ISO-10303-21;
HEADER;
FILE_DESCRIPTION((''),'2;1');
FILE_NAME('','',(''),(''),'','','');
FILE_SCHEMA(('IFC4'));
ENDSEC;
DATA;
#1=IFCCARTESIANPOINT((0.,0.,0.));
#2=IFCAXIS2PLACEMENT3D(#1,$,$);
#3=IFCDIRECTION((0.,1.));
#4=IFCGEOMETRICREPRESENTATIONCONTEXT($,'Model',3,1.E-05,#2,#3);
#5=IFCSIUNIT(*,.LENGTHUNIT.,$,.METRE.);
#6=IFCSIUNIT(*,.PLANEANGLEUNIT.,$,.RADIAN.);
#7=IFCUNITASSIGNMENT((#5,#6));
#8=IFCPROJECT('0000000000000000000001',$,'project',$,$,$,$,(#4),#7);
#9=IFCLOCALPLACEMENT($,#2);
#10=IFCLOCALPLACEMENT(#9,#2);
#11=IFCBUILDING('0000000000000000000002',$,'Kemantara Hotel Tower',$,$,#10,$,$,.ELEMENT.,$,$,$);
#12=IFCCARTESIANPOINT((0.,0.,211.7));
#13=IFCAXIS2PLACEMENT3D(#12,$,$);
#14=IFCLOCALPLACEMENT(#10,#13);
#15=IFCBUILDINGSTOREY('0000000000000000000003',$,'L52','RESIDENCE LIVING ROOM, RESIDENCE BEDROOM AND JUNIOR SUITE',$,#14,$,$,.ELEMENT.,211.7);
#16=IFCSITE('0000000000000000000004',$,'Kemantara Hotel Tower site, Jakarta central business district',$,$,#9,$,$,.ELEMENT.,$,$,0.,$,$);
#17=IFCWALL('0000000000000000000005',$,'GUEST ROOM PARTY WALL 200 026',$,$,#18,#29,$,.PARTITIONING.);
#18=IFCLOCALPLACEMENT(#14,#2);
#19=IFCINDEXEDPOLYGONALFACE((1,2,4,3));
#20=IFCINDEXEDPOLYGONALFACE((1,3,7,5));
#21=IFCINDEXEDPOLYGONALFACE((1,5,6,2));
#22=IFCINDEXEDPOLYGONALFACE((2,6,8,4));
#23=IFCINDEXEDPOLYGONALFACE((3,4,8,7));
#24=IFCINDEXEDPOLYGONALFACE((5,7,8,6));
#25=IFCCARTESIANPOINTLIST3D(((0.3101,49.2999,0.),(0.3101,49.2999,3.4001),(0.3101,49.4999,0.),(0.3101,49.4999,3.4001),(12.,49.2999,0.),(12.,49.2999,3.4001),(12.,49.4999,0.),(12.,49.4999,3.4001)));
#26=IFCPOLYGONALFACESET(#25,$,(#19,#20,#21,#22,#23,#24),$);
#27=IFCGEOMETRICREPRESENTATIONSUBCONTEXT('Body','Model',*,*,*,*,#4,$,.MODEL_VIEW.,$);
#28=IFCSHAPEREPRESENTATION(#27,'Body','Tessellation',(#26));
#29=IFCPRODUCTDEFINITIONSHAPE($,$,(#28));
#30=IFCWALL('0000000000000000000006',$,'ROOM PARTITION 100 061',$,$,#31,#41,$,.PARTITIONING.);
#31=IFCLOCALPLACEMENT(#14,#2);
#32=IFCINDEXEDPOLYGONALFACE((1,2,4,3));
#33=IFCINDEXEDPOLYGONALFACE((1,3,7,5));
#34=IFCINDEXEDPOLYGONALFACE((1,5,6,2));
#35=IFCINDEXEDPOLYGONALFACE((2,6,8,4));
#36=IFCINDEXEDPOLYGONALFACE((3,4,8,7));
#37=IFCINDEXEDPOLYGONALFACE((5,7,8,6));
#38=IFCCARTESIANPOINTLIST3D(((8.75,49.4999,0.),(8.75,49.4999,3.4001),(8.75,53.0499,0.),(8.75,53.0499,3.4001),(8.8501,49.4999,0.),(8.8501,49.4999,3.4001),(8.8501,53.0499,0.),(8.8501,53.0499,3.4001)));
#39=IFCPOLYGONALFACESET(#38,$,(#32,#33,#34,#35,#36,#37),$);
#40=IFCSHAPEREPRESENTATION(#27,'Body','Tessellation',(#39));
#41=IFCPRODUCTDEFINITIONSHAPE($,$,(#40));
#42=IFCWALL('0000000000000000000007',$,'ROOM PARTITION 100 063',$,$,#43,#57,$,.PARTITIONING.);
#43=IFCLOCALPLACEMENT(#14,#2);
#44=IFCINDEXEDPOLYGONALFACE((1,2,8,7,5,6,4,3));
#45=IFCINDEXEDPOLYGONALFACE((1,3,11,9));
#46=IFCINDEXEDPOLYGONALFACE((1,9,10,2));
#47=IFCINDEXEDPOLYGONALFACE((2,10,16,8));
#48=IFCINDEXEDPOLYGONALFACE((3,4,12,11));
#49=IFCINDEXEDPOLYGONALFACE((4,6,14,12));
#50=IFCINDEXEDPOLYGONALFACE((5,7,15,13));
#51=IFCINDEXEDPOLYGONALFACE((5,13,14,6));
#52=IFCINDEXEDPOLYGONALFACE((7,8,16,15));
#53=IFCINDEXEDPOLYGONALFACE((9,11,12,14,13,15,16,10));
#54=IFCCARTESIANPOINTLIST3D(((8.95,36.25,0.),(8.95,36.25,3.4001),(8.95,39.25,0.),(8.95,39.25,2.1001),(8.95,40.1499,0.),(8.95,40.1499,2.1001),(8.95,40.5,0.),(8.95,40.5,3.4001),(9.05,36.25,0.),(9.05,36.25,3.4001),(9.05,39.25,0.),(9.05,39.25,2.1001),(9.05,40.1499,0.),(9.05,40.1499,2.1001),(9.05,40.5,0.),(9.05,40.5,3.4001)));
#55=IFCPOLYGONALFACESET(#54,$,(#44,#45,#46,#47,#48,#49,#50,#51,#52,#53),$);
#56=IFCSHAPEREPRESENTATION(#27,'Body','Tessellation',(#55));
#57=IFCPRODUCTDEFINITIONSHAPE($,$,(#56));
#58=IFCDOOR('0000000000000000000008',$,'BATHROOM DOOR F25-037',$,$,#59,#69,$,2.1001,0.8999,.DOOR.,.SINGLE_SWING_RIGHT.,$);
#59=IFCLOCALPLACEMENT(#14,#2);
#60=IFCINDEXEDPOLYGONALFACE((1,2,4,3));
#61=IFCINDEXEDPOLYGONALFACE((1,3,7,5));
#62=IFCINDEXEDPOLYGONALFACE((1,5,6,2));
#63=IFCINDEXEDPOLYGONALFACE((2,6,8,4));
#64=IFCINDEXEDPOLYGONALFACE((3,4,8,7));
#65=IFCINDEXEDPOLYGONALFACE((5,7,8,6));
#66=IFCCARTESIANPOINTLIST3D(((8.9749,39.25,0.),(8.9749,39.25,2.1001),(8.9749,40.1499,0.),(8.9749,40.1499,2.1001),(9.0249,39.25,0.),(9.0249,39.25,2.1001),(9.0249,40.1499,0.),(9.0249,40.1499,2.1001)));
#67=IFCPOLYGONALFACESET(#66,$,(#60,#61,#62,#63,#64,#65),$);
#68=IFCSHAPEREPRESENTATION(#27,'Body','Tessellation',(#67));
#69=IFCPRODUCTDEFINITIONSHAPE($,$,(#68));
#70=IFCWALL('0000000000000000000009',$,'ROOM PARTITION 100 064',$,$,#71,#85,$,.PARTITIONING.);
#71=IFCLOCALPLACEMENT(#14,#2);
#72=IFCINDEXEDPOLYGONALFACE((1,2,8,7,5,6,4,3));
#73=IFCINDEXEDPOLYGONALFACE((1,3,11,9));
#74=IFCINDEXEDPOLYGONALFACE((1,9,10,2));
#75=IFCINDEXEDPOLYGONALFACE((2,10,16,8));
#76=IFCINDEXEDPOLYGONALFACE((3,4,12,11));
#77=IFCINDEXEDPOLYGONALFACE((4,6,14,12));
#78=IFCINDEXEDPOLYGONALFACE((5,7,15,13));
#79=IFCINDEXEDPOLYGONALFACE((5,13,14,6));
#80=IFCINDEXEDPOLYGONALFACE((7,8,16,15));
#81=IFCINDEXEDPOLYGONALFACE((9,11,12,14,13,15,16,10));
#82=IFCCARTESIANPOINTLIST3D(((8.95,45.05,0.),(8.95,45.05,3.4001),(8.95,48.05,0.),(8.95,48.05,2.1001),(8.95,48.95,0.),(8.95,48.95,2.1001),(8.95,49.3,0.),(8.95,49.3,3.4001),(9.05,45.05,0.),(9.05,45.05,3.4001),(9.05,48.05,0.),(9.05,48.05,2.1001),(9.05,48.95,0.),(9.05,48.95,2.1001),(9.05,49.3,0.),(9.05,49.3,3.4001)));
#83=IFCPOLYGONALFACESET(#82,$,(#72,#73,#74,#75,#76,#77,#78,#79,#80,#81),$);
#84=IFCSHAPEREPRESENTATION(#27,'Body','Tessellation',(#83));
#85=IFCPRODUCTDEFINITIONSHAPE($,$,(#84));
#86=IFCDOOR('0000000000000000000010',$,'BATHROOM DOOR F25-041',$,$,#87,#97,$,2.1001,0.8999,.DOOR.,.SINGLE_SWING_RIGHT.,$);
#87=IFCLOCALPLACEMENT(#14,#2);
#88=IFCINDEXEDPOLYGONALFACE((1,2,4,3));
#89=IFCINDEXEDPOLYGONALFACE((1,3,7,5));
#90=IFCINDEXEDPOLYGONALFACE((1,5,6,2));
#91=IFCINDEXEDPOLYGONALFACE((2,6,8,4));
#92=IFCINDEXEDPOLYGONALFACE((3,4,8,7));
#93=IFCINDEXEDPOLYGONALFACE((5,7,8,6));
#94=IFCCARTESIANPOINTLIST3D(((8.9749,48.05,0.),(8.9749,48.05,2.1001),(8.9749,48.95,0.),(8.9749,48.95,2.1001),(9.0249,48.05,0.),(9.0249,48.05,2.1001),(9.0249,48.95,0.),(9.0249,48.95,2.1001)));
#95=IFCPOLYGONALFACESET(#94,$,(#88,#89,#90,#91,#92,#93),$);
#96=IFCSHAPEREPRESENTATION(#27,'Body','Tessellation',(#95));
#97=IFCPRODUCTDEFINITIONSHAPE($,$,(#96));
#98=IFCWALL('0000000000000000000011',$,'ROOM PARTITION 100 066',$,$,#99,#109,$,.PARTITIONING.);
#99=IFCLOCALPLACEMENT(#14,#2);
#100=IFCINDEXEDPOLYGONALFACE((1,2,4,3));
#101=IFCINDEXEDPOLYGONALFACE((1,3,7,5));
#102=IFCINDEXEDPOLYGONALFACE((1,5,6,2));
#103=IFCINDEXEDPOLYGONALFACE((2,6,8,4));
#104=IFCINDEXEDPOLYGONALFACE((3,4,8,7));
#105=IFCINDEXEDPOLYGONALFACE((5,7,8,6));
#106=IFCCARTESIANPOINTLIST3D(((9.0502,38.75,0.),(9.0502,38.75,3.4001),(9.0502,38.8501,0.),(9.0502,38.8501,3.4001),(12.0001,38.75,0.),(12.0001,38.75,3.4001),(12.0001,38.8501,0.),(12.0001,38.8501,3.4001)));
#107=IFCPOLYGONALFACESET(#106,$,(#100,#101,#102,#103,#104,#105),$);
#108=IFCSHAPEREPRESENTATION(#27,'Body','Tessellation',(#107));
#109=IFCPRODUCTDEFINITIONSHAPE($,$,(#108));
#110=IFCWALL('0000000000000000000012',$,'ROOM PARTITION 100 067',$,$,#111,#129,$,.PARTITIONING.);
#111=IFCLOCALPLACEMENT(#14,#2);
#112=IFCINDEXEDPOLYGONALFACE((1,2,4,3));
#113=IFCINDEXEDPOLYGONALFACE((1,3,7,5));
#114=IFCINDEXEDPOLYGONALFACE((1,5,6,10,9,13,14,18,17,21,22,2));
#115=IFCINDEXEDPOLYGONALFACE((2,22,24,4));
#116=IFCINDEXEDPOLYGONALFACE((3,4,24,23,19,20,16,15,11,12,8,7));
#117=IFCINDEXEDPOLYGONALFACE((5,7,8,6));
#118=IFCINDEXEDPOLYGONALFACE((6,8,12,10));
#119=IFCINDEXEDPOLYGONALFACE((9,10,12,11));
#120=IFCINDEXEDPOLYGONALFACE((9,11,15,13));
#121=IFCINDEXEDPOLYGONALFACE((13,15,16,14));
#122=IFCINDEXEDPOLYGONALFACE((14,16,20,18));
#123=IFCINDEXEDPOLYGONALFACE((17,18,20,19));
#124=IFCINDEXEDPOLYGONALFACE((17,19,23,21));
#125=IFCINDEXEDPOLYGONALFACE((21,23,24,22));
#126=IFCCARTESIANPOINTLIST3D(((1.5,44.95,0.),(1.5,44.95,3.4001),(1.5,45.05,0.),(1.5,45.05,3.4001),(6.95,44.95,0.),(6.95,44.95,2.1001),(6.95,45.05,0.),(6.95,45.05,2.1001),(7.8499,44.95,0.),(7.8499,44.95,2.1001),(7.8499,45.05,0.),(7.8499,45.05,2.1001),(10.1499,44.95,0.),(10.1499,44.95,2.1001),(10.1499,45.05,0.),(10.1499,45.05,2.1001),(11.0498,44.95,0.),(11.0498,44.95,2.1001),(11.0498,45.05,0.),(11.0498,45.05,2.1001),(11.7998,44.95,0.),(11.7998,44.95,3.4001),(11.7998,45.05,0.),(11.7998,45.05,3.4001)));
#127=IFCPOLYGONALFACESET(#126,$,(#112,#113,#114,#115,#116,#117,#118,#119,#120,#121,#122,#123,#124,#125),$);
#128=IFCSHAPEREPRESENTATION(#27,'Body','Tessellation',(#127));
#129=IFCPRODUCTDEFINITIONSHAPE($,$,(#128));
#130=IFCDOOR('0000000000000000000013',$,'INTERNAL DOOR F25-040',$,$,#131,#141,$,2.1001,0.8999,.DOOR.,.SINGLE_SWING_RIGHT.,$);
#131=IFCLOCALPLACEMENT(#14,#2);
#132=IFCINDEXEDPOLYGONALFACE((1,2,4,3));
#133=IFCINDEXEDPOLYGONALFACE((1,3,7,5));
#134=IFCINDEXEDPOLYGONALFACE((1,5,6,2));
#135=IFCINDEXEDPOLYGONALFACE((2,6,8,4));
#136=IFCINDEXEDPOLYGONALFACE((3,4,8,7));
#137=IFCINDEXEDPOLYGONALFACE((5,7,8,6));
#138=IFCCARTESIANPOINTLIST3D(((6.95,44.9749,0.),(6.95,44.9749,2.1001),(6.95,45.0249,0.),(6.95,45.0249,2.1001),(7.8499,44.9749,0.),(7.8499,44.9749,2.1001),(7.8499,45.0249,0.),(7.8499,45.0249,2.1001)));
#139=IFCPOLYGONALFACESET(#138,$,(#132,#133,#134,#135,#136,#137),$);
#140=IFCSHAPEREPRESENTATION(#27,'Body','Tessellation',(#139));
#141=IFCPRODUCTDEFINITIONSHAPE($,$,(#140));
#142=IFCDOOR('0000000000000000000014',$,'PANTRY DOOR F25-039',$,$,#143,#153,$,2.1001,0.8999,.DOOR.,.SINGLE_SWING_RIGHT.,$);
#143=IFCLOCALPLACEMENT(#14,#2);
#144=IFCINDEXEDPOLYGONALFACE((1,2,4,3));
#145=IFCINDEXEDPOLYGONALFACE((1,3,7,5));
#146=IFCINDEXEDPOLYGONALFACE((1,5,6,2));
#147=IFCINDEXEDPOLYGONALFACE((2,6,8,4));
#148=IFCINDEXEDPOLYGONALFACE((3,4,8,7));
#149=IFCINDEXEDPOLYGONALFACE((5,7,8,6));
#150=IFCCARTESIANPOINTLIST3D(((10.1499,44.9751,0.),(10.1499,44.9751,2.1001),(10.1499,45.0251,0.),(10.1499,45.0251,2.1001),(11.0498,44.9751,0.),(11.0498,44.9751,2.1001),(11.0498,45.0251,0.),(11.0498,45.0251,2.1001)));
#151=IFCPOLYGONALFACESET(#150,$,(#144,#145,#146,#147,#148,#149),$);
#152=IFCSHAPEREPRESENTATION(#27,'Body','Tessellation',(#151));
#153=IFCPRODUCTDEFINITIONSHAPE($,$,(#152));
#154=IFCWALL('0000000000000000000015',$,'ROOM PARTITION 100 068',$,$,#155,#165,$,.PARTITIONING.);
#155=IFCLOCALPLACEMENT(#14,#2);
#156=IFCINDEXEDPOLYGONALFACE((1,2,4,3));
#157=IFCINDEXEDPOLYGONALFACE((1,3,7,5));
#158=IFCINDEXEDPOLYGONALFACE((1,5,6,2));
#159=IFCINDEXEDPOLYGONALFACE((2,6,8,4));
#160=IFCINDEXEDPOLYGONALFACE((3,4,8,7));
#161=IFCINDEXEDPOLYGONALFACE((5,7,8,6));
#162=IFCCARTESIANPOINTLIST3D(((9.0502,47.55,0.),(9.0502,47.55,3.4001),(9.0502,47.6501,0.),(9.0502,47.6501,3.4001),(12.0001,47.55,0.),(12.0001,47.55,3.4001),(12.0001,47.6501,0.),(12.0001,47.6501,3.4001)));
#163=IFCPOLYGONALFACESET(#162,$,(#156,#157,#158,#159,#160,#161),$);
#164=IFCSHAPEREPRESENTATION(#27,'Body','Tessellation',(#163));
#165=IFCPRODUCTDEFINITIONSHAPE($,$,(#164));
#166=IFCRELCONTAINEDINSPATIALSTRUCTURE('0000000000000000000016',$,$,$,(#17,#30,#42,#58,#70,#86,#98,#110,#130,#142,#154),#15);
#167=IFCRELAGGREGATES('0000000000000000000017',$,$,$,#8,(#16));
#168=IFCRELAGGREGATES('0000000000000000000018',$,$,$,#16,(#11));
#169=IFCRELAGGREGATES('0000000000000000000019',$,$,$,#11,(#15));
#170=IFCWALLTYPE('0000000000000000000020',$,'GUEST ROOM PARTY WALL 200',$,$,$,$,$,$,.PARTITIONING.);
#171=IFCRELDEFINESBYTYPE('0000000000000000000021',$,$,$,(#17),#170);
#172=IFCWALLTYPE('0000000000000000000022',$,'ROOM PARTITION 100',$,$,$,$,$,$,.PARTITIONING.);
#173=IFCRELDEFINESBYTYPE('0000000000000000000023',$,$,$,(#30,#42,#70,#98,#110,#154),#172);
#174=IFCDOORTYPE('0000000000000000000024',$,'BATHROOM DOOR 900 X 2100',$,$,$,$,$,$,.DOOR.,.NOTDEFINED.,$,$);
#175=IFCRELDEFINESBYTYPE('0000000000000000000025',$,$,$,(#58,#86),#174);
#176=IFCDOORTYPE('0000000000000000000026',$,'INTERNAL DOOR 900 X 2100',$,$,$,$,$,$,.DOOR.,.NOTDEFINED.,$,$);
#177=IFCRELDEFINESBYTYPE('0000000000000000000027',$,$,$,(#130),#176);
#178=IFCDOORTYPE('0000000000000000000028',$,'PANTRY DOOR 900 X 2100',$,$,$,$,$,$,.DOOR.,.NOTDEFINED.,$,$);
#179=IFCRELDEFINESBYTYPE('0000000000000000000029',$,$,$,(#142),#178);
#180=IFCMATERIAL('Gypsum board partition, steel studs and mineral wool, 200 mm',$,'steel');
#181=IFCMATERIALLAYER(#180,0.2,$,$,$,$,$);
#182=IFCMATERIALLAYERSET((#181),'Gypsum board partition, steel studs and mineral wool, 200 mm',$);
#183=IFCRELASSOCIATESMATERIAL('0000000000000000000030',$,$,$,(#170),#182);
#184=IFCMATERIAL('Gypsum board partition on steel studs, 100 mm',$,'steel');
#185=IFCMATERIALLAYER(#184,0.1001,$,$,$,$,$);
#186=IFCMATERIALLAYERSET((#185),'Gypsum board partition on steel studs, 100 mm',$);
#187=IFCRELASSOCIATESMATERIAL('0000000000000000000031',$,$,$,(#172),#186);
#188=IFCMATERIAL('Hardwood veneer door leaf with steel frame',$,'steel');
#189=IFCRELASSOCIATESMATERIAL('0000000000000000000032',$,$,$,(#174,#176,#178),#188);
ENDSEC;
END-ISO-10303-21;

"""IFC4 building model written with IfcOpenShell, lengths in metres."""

from ifc_helpers import new_model, si_unit, direction, frame, frame_2d, origin, place, context, subcontext, project, spatial, rectangle, extrude, material, layer, layer_set, type_object, element, fill, save


model = new_model("IFC4")

# Units and contexts
model_context = context("Model", 3, precision=1e-05, world=origin(), true_north=direction((0.0, 1.0)))
body_context = subcontext(model_context, "Body", "Model", "MODEL_VIEW")
ifc_project = project(units=[si_unit("LENGTHUNIT", "METRE"), si_unit("PLANEANGLEUNIT", "RADIAN")], contexts=[model_context])

# Site, building, storey
site_placement = place(None, origin())
site = spatial("IfcSite", under=ifc_project, at=site_placement, Name="Kemantara Hotel Tower site, Jakarta central business district", CompositionType="ELEMENT", RefElevation=0.0)
building_placement = place(site_placement, origin())
building = spatial("IfcBuilding", under=site, at=building_placement, Name="Kemantara Hotel Tower", CompositionType="ELEMENT")
storey_placement = place(building_placement, frame((0.0, 0.0, 211.7)))
storey = spatial("IfcBuildingStorey", under=building, at=storey_placement, Name="L52", Description="RESIDENCE LIVING ROOM, RESIDENCE BEDROOM AND JUNIOR SUITE", CompositionType="ELEMENT", Elevation=211.7)

# Shared definitions
ifc_material_1 = material(Name="Gypsum board partition, steel studs and mineral wool, 200 mm", Category="steel")
ifc_material_2 = material(Name="Hardwood veneer door leaf with steel frame", Category="steel")

# Walls
ifc_layer_1 = layer(ifc_material_1, 0.2)
ifc_layer_set_1 = layer_set([ifc_layer_1], Name="Gypsum board partition, steel studs and mineral wool, 200 mm")
wall_type_1 = type_object("IfcWallType", Name="GUEST ROOM PARTY WALL 200", PredefinedType="PARTITIONING", material=ifc_layer_set_1)
for number, where, z_axis, x_axis, name in (
    (1, (0.3101, 49.3999, 0.0), (0.0, 0.0, 1.0), (1.0, 0.0, 0.0), "GUEST ROOM PARTY WALL 200 026"),
):
    element("IfcWall", number, at=place(storey_placement, frame(where, z_axis=z_axis, x_axis=x_axis)), inside=storey, type_object=wall_type_1, Name=name, PredefinedType="PARTITIONING", context=body_context, shape_type="SweptSolid", body=[
        extrude(rectangle(XDim=11.6899, YDim=0.2, at=frame_2d((5.845, 0.0))), origin(), (0.0, 0.0, 1.0), 3.4001),
    ])
ifc_material_3 = material(Name="Gypsum board partition on steel studs, 100 mm", Category="steel")
ifc_layer_2 = layer(ifc_material_3, 0.1001)
ifc_layer_set_2 = layer_set([ifc_layer_2], Name="Gypsum board partition on steel studs, 100 mm")
wall_type_2 = type_object("IfcWallType", Name="ROOM PARTITION 100", PredefinedType="PARTITIONING", material=ifc_layer_set_2)
wall_1_placement = place(storey_placement, frame((8.8, 49.5, 0.0), z_axis=(0.0, 0.0, 1.0), x_axis=(0.0, 1.0, 0.0)))
element("IfcWall", 2, at=wall_1_placement, inside=storey, type_object=wall_type_2, Name="ROOM PARTITION 100 061", PredefinedType="PARTITIONING", context=body_context, shape_type="SweptSolid", body=[
    extrude(rectangle(XDim=3.55, YDim=0.1001, at=frame_2d((1.7749, 0.0))), origin(), (0.0, 0.0, 1.0), 3.4001),
])

# Walls, openings, doors
wall_2_placement = place(storey_placement, frame((9.0, 40.5, 0.0), z_axis=(0.0, 0.0, 1.0), x_axis=(0.0, -1.0, 0.0)))
wall_2 = element("IfcWall", 3, at=wall_2_placement, inside=storey, type_object=wall_type_2, Name="ROOM PARTITION 100 063", PredefinedType="PARTITIONING", context=body_context, shape_type="SweptSolid", body=[
    extrude(rectangle(XDim=4.25, YDim=0.1001, at=frame_2d((2.125, 0.0))), origin(), (0.0, 0.0, 1.0), 3.4001),
])
opening_1_placement = place(wall_2_placement, frame((0.3501, 0.0, 0.0)))
opening_1 = element("IfcOpeningElement", 4, at=opening_1_placement, cuts=wall_2, PredefinedType="OPENING", context=body_context, shape_type="SweptSolid", body=[
    extrude(rectangle(XDim=0.8999, YDim=2.1001, at=frame_2d((0.45, 1.05))), frame((0.0, 0.0601, 0.0), z_axis=(0.0, -1.0, 0.0), x_axis=(1.0, 0.0, 0.0)), (0.0, 0.0, 1.0), 0.1201),
])
door_type_1 = type_object("IfcDoorType", Name="BATHROOM DOOR 900 X 2100", OperationType="NOTDEFINED", PredefinedType="DOOR", material=ifc_material_2)
door_1_placement = place(opening_1_placement, origin())
door_1 = element("IfcDoor", 5, at=door_1_placement, inside=storey, type_object=door_type_1, Name="BATHROOM DOOR F25-037", OperationType="SINGLE_SWING_RIGHT", OverallHeight=2.1001, OverallWidth=0.8999, PredefinedType="DOOR", context=body_context, shape_type="SweptSolid", body=[
    extrude(rectangle(XDim=0.8999, YDim=2.1001, at=frame_2d((0.45, 1.05))), frame((0.0, 0.0249, 0.0), z_axis=(0.0, -1.0, 0.0), x_axis=(1.0, 0.0, 0.0)), (0.0, 0.0, 1.0), 0.05),
])
fill(opening_1, door_1)
wall_3_placement = place(storey_placement, frame((9.0, 49.3, 0.0), z_axis=(0.0, 0.0, 1.0), x_axis=(0.0, -1.0, 0.0)))
wall_3 = element("IfcWall", 6, at=wall_3_placement, inside=storey, type_object=wall_type_2, Name="ROOM PARTITION 100 064", PredefinedType="PARTITIONING", context=body_context, shape_type="SweptSolid", body=[
    extrude(rectangle(XDim=4.25, YDim=0.1001, at=frame_2d((2.125, 0.0))), origin(), (0.0, 0.0, 1.0), 3.4001),
])
opening_2_placement = place(wall_3_placement, frame((0.3501, 0.0, 0.0)))
opening_2 = element("IfcOpeningElement", 7, at=opening_2_placement, cuts=wall_3, PredefinedType="OPENING", context=body_context, shape_type="SweptSolid", body=[
    extrude(rectangle(XDim=0.8999, YDim=2.1001, at=frame_2d((0.45, 1.05))), frame((0.0, 0.0601, 0.0), z_axis=(0.0, -1.0, 0.0), x_axis=(1.0, 0.0, 0.0)), (0.0, 0.0, 1.0), 0.1201),
])
door_2_placement = place(opening_2_placement, origin())
door_2 = element("IfcDoor", 8, at=door_2_placement, inside=storey, type_object=door_type_1, Name="BATHROOM DOOR F25-041", OperationType="SINGLE_SWING_RIGHT", OverallHeight=2.1001, OverallWidth=0.8999, PredefinedType="DOOR", context=body_context, shape_type="SweptSolid", body=[
    extrude(rectangle(XDim=0.8999, YDim=2.1001, at=frame_2d((0.45, 1.05))), frame((0.0, 0.0249, 0.0), z_axis=(0.0, -1.0, 0.0), x_axis=(1.0, 0.0, 0.0)), (0.0, 0.0, 1.0), 0.05),
])
fill(opening_2, door_2)

# Wall
wall_4_placement = place(storey_placement, frame((9.05, 38.8, 0.0), z_axis=(0.0, 0.0, 1.0), x_axis=(1.0, 0.0, 0.0)))
element("IfcWall", 9, at=wall_4_placement, inside=storey, type_object=wall_type_2, Name="ROOM PARTITION 100 066", PredefinedType="PARTITIONING", context=body_context, shape_type="SweptSolid", body=[
    extrude(rectangle(XDim=2.95, YDim=0.1001, at=frame_2d((1.4751, 0.0))), origin(), (0.0, 0.0, 1.0), 3.4001),
])

# Wall, openings, doors
wall_5_placement = place(storey_placement, frame((1.5, 45.0, 0.0), z_axis=(0.0, 0.0, 1.0), x_axis=(1.0, 0.0, 0.0)))
wall_5 = element("IfcWall", 10, at=wall_5_placement, inside=storey, type_object=wall_type_2, Name="ROOM PARTITION 100 067", PredefinedType="PARTITIONING", context=body_context, shape_type="SweptSolid", body=[
    extrude(rectangle(XDim=10.2998, YDim=0.1001, at=frame_2d((5.1499, 0.0))), origin(), (0.0, 0.0, 1.0), 3.4001),
])
opening_3_placement = place(wall_5_placement, frame((8.6499, 0.0, 0.0)))
opening_3 = element("IfcOpeningElement", 11, at=opening_3_placement, cuts=wall_5, PredefinedType="OPENING", context=body_context, shape_type="SweptSolid", body=[
    extrude(rectangle(XDim=0.8999, YDim=2.1001, at=frame_2d((0.45, 1.05))), frame((0.0, 0.0601, 0.0), z_axis=(0.0, -1.0, 0.0), x_axis=(1.0, 0.0, 0.0)), (0.0, 0.0, 1.0), 0.1201),
])
opening_4_placement = place(wall_5_placement, frame((5.45, 0.0, 0.0)))
opening_4 = element("IfcOpeningElement", 12, at=opening_4_placement, cuts=wall_5, PredefinedType="OPENING", context=body_context, shape_type="SweptSolid", body=[
    extrude(rectangle(XDim=0.8999, YDim=2.1001, at=frame_2d((0.45, 1.05))), frame((0.0, 0.0601, 0.0), z_axis=(0.0, -1.0, 0.0), x_axis=(1.0, 0.0, 0.0)), (0.0, 0.0, 1.0), 0.1201),
])
door_type_2 = type_object("IfcDoorType", Name="INTERNAL DOOR 900 X 2100", OperationType="NOTDEFINED", PredefinedType="DOOR", material=ifc_material_2)
door_3_placement = place(opening_4_placement, origin())
door_3 = element("IfcDoor", 13, at=door_3_placement, inside=storey, type_object=door_type_2, Name="INTERNAL DOOR F25-040", OperationType="SINGLE_SWING_RIGHT", OverallHeight=2.1001, OverallWidth=0.8999, PredefinedType="DOOR", context=body_context, shape_type="SweptSolid", body=[
    extrude(rectangle(XDim=0.8999, YDim=2.1001, at=frame_2d((0.45, 1.05))), frame((0.0, 0.0249, 0.0), z_axis=(0.0, -1.0, 0.0), x_axis=(1.0, 0.0, 0.0)), (0.0, 0.0, 1.0), 0.05),
])
fill(opening_4, door_3)
door_type_3 = type_object("IfcDoorType", Name="PANTRY DOOR 900 X 2100", OperationType="NOTDEFINED", PredefinedType="DOOR", material=ifc_material_2)
door_4_placement = place(opening_3_placement, frame((0.8999, 0.0, 0.0), z_axis=(0.0, 0.0, 1.0), x_axis=(-1.0, 0.0, 0.0)))
door_4 = element("IfcDoor", 14, at=door_4_placement, inside=storey, type_object=door_type_3, Name="PANTRY DOOR F25-039", OperationType="SINGLE_SWING_RIGHT", OverallHeight=2.1001, OverallWidth=0.8999, PredefinedType="DOOR", context=body_context, shape_type="SweptSolid", body=[
    extrude(rectangle(XDim=0.8999, YDim=2.1001, at=frame_2d((0.45, 1.05))), frame((0.0, 0.0249, 0.0), z_axis=(0.0, -1.0, 0.0), x_axis=(1.0, 0.0, 0.0)), (0.0, 0.0, 1.0), 0.05),
])
fill(opening_3, door_4)

# Wall
wall_6_placement = place(storey_placement, frame((9.05, 47.6001, 0.0), z_axis=(0.0, 0.0, 1.0), x_axis=(1.0, 0.0, 0.0)))
element("IfcWall", 15, at=wall_6_placement, inside=storey, type_object=wall_type_2, Name="ROOM PARTITION 100 068", PredefinedType="PARTITIONING", context=body_context, shape_type="SweptSolid", body=[
    extrude(rectangle(XDim=2.95, YDim=0.1001, at=frame_2d((1.4751, 0.0))), origin(), (0.0, 0.0, 1.0), 3.4001),
])

save(model, "model.ifc")
